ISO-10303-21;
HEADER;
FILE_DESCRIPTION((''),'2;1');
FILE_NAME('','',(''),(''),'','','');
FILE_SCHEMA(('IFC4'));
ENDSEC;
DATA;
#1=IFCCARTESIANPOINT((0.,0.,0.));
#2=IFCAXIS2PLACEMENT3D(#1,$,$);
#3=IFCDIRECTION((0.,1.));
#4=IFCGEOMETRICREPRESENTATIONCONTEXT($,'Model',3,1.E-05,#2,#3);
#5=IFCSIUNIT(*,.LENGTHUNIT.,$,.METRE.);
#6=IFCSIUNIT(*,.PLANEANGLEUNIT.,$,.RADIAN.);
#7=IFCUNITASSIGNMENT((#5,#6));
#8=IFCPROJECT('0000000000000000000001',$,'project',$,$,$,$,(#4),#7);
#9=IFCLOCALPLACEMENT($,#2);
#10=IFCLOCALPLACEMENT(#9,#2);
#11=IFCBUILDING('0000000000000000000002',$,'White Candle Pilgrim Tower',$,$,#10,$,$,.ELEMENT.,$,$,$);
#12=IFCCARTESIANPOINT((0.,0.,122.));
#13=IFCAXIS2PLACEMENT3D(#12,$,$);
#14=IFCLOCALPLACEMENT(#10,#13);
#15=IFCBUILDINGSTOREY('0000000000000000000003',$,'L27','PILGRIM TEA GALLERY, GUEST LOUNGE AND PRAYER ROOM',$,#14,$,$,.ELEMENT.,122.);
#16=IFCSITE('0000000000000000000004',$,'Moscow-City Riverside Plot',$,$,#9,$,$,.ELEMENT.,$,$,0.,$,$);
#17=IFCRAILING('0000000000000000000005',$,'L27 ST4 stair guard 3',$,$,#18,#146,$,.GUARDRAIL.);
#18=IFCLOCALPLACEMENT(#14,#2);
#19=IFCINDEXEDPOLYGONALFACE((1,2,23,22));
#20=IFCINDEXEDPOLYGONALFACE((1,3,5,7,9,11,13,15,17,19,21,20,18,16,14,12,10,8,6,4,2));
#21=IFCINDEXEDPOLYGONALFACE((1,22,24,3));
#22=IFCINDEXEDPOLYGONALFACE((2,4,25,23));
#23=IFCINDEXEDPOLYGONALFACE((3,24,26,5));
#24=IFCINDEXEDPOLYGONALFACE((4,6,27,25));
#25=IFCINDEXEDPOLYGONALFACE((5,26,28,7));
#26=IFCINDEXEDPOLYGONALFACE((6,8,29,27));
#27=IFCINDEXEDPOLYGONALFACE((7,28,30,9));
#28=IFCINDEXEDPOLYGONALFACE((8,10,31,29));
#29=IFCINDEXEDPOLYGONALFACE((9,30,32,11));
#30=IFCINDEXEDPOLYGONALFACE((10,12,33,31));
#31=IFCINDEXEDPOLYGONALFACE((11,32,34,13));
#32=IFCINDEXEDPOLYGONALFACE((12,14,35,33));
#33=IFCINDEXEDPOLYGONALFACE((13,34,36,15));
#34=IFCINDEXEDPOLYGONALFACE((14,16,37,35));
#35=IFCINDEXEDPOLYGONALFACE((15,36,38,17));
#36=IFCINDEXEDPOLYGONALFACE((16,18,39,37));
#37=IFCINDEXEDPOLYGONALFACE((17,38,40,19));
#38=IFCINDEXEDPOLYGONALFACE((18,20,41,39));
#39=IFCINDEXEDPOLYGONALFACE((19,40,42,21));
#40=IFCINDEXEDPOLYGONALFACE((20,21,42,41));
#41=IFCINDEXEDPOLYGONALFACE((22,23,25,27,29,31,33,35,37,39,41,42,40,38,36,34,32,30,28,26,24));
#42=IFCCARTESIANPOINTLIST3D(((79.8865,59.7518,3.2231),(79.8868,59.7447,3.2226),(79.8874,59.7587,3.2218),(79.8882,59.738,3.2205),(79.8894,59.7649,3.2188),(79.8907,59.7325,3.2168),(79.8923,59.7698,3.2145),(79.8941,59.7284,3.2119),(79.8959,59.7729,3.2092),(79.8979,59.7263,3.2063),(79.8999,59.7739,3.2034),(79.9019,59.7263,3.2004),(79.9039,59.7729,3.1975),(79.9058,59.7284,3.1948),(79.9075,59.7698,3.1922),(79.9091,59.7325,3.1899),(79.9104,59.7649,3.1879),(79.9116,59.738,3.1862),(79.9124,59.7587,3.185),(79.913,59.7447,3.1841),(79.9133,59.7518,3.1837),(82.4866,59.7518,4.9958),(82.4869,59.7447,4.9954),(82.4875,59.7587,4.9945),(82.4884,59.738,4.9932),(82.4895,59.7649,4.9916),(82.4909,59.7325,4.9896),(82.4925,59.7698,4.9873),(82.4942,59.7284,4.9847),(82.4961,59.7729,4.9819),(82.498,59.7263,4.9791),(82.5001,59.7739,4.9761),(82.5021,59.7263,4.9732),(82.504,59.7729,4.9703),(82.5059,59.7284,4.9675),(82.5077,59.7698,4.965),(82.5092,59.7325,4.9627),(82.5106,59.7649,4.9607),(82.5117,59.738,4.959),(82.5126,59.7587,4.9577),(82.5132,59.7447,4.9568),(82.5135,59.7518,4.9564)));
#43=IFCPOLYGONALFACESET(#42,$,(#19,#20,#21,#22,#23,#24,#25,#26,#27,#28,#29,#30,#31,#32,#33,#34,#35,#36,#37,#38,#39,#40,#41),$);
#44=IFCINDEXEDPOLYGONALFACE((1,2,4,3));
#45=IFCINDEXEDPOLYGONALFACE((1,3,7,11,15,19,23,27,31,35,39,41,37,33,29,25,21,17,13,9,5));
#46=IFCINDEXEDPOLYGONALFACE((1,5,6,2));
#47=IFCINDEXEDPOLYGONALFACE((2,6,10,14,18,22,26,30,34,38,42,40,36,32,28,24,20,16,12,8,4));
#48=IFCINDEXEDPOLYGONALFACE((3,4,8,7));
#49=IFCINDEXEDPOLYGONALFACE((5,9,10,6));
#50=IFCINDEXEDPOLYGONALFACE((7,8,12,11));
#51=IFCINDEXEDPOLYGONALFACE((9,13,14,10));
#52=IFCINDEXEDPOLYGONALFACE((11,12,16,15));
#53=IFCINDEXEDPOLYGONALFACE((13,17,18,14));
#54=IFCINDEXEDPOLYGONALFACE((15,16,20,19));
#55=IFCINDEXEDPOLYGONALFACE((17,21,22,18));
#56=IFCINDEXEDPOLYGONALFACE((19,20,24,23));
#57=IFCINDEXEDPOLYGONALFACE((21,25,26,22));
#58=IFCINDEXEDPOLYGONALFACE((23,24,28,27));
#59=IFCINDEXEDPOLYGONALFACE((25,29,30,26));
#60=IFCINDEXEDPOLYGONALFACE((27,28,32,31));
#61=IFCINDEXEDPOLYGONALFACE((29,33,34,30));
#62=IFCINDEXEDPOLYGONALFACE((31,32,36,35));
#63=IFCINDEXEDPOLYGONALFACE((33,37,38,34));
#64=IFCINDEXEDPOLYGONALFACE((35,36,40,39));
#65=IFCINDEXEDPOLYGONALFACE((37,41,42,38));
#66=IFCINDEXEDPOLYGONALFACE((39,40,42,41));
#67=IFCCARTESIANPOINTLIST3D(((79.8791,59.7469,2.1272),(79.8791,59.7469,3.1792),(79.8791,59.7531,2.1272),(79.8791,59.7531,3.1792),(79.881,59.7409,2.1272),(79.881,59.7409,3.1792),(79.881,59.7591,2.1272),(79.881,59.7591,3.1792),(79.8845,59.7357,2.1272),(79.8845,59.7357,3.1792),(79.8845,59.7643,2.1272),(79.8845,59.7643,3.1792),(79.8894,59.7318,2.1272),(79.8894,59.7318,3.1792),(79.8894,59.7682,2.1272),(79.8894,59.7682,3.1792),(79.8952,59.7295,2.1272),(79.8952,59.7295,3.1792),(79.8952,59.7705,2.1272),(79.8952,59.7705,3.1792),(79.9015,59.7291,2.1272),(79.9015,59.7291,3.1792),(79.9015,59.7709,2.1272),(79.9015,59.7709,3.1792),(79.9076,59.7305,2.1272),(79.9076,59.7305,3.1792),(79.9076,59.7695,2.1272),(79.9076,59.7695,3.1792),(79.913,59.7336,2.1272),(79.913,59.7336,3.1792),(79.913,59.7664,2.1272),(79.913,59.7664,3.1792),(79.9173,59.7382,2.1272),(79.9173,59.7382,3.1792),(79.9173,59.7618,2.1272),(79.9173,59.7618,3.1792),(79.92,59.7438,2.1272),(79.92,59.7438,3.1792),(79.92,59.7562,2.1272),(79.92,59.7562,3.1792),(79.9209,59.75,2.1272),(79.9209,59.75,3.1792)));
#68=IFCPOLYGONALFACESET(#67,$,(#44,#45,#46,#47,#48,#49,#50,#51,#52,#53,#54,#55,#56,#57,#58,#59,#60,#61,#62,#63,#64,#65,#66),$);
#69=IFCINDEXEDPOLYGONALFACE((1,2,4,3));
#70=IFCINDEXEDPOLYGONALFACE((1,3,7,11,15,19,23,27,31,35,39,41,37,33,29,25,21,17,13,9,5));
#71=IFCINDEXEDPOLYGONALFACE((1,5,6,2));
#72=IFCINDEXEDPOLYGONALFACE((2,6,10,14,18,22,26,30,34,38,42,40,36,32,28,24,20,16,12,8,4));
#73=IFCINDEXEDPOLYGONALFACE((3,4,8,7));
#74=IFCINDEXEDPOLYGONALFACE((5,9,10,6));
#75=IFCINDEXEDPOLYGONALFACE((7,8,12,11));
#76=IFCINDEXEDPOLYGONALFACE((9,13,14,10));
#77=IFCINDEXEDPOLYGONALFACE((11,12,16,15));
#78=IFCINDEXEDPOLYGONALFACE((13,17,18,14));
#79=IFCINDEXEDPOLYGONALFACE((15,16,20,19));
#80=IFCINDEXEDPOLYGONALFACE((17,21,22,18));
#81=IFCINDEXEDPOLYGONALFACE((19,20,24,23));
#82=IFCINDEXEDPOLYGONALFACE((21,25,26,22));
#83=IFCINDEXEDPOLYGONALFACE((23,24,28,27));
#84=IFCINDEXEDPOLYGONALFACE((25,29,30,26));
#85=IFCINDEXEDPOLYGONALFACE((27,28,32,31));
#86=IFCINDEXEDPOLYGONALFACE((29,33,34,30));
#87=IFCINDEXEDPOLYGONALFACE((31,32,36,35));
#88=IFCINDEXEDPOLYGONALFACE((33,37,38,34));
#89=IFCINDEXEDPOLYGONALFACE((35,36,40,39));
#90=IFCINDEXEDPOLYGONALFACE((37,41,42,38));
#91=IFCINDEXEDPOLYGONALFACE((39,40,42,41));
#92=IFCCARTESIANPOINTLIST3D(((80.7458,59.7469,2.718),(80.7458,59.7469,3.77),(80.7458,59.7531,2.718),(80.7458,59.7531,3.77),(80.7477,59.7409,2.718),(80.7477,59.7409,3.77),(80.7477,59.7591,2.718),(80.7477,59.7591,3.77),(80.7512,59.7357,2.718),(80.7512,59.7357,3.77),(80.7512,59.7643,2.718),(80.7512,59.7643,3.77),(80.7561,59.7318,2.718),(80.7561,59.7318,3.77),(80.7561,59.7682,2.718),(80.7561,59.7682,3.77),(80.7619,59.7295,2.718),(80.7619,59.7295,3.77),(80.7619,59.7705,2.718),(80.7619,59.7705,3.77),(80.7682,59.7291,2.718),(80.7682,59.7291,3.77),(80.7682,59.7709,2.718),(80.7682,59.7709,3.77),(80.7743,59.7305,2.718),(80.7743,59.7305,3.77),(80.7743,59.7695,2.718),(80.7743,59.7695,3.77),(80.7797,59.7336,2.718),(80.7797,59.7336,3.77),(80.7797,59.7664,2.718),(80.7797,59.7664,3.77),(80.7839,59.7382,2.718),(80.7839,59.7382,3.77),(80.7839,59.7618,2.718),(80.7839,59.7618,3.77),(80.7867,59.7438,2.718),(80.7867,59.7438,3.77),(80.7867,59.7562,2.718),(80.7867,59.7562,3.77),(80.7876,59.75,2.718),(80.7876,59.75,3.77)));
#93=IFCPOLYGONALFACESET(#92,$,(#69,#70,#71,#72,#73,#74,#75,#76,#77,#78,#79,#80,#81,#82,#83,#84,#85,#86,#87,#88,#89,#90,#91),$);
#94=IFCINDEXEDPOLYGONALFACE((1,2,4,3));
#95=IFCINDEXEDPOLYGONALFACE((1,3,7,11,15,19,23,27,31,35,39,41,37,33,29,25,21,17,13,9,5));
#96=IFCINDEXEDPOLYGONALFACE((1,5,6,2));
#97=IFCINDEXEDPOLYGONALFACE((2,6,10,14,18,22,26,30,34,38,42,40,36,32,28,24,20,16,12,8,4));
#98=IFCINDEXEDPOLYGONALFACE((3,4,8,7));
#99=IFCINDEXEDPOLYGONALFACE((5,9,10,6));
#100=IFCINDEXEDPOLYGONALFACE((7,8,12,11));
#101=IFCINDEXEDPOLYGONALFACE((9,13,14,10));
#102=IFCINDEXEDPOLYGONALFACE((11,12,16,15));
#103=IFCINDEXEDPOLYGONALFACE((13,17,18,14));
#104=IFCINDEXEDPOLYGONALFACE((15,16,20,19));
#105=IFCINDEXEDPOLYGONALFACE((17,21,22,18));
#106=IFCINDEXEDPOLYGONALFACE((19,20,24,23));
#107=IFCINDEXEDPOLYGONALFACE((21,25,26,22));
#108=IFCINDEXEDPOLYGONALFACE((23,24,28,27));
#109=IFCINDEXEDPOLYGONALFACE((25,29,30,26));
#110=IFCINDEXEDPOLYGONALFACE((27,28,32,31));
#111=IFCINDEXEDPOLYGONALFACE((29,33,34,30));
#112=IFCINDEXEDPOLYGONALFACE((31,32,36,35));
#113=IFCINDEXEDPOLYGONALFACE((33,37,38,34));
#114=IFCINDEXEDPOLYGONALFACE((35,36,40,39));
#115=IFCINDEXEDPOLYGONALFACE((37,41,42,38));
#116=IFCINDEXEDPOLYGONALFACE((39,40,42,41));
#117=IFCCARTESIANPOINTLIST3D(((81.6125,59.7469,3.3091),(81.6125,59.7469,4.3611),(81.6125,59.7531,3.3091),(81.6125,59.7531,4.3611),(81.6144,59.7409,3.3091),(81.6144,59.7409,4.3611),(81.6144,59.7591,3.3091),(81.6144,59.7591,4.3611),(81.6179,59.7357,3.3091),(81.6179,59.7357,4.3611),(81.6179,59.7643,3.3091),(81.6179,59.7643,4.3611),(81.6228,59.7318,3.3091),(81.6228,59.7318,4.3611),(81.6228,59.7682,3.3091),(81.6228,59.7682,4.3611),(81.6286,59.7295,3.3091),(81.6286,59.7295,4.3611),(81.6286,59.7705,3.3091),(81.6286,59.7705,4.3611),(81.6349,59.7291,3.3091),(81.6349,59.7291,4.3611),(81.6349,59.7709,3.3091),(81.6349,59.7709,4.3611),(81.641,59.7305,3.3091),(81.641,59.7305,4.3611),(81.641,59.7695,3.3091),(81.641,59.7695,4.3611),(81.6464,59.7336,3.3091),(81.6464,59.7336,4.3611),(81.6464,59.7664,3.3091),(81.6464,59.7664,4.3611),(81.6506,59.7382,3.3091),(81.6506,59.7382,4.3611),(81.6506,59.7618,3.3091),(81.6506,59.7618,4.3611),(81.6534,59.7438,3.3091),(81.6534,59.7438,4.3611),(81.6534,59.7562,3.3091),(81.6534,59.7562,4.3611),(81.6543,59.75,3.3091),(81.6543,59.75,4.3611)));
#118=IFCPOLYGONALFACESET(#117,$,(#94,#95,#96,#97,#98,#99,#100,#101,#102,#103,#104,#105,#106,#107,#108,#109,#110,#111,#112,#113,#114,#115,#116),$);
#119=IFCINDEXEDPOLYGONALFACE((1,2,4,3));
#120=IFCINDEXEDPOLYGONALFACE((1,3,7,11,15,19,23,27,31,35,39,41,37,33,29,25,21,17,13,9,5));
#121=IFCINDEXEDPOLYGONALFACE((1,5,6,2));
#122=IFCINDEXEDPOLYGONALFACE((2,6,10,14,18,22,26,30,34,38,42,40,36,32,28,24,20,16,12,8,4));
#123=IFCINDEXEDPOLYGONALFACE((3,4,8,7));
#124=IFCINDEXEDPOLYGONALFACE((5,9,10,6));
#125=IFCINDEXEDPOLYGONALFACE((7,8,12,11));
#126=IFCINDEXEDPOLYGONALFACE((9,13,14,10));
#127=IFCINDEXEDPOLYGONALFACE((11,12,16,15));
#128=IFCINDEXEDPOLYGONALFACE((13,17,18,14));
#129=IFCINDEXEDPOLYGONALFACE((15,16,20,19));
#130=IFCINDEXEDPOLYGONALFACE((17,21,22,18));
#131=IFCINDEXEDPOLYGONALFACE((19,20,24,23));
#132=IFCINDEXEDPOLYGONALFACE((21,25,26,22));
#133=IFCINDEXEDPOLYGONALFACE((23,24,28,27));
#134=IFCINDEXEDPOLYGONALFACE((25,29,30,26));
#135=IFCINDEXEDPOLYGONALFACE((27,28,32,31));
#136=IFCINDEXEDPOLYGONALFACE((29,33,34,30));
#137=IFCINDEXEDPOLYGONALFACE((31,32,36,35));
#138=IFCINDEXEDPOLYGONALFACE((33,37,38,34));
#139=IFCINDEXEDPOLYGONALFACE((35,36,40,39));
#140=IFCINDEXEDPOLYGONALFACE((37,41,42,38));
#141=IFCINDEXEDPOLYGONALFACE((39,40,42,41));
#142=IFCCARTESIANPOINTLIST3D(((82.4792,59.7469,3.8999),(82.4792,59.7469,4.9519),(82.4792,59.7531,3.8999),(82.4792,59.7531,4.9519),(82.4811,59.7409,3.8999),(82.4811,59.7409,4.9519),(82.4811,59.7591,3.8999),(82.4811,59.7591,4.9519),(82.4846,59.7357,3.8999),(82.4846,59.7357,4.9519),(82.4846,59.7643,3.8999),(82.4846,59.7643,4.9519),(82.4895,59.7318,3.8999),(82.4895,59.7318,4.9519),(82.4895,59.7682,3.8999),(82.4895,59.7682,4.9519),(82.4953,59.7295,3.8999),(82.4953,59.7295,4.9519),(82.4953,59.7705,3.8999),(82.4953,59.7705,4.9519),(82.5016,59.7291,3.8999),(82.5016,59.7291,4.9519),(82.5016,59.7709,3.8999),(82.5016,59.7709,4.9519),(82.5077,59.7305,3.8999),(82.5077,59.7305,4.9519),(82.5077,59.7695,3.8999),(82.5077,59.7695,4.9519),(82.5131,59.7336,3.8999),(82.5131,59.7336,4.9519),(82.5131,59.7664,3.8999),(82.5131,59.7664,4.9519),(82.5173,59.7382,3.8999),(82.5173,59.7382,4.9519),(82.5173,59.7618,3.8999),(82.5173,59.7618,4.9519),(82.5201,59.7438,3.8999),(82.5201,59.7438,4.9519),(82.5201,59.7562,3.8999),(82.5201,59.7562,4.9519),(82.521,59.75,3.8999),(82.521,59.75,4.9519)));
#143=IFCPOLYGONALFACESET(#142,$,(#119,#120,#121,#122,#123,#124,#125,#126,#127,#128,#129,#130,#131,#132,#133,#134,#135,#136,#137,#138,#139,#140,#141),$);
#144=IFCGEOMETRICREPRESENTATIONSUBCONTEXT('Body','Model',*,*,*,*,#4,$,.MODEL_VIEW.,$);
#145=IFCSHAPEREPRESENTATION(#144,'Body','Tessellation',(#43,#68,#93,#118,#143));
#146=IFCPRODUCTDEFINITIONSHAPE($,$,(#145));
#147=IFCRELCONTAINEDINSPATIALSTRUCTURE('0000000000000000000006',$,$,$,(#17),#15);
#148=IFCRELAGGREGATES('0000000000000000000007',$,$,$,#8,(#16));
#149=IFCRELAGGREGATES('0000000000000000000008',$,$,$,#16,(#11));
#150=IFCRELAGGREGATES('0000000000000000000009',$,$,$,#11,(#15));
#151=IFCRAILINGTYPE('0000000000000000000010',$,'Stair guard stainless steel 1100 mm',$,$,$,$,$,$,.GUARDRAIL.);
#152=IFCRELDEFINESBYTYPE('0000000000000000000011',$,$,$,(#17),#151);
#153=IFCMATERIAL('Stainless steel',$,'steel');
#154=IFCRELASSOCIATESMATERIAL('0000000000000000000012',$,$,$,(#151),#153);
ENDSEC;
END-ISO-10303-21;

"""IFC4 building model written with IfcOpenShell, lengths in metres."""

from ifc_helpers import new_model, si_unit, direction, frame, origin, origin_2d, place, context, subcontext, project, spatial, circle, extrude, material, type_object, element, save


model = new_model("IFC4")

# Units and contexts
model_context = context("Model", 3, precision=1e-05, world=origin(), true_north=direction((0.0, 1.0)))
body_context = subcontext(model_context, "Body", "Model", "MODEL_VIEW")
ifc_project = project(units=[si_unit("LENGTHUNIT", "METRE"), si_unit("PLANEANGLEUNIT", "RADIAN")], contexts=[model_context])

# Site, building, storey
site_placement = place(None, origin())
site = spatial("IfcSite", under=ifc_project, at=site_placement, Name="Moscow-City Riverside Plot", CompositionType="ELEMENT", RefElevation=0.0)
building_placement = place(site_placement, origin())
building = spatial("IfcBuilding", under=site, at=building_placement, Name="White Candle Pilgrim Tower", CompositionType="ELEMENT")
storey_placement = place(building_placement, frame((0.0, 0.0, 122.0)))
storey = spatial("IfcBuildingStorey", under=building, at=storey_placement, Name="L27", Description="PILGRIM TEA GALLERY, GUEST LOUNGE AND PRAYER ROOM", CompositionType="ELEMENT", Elevation=122.0)

# Railing
ifc_material_1 = material(Name="Stainless steel", Category="steel")
railing_type_1 = type_object("IfcRailingType", Name="Stair guard stainless steel 1100 mm", PredefinedType="GUARDRAIL", material=ifc_material_1)
railing_1_placement = place(storey_placement, frame((79.8999, 59.75, 2.1272)))
element("IfcRailing", 1, at=railing_1_placement, inside=storey, type_object=railing_type_1, Name="L27 ST4 stair guard 3", PredefinedType="GUARDRAIL", context=body_context, shape_type="SweptSolid", body=[
    extrude(circle(Radius=0.0239, at=origin_2d()), frame((0.0, 0.0, 1.0762), z_axis=(0.82624, 0.0, 0.563318), x_axis=(0.0, 1.0, 0.0)), (0.0, 0.0, 1.0), 3.147),
    extrude(circle(Radius=0.021, at=origin_2d()), origin(), (0.0, 0.0, 1.0), 1.052),
    extrude(circle(Radius=0.021, at=origin_2d()), frame((0.8667, 0.0, 0.5908)), (0.0, 0.0, 1.0), 1.052),
    extrude(circle(Radius=0.021, at=origin_2d()), frame((1.7334, 0.0, 1.1819)), (0.0, 0.0, 1.0), 1.052),
    extrude(circle(Radius=0.021, at=origin_2d()), frame((2.6001, 0.0, 1.7727)), (0.0, 0.0, 1.0), 1.052),
])

save(model, "model.ifc")
